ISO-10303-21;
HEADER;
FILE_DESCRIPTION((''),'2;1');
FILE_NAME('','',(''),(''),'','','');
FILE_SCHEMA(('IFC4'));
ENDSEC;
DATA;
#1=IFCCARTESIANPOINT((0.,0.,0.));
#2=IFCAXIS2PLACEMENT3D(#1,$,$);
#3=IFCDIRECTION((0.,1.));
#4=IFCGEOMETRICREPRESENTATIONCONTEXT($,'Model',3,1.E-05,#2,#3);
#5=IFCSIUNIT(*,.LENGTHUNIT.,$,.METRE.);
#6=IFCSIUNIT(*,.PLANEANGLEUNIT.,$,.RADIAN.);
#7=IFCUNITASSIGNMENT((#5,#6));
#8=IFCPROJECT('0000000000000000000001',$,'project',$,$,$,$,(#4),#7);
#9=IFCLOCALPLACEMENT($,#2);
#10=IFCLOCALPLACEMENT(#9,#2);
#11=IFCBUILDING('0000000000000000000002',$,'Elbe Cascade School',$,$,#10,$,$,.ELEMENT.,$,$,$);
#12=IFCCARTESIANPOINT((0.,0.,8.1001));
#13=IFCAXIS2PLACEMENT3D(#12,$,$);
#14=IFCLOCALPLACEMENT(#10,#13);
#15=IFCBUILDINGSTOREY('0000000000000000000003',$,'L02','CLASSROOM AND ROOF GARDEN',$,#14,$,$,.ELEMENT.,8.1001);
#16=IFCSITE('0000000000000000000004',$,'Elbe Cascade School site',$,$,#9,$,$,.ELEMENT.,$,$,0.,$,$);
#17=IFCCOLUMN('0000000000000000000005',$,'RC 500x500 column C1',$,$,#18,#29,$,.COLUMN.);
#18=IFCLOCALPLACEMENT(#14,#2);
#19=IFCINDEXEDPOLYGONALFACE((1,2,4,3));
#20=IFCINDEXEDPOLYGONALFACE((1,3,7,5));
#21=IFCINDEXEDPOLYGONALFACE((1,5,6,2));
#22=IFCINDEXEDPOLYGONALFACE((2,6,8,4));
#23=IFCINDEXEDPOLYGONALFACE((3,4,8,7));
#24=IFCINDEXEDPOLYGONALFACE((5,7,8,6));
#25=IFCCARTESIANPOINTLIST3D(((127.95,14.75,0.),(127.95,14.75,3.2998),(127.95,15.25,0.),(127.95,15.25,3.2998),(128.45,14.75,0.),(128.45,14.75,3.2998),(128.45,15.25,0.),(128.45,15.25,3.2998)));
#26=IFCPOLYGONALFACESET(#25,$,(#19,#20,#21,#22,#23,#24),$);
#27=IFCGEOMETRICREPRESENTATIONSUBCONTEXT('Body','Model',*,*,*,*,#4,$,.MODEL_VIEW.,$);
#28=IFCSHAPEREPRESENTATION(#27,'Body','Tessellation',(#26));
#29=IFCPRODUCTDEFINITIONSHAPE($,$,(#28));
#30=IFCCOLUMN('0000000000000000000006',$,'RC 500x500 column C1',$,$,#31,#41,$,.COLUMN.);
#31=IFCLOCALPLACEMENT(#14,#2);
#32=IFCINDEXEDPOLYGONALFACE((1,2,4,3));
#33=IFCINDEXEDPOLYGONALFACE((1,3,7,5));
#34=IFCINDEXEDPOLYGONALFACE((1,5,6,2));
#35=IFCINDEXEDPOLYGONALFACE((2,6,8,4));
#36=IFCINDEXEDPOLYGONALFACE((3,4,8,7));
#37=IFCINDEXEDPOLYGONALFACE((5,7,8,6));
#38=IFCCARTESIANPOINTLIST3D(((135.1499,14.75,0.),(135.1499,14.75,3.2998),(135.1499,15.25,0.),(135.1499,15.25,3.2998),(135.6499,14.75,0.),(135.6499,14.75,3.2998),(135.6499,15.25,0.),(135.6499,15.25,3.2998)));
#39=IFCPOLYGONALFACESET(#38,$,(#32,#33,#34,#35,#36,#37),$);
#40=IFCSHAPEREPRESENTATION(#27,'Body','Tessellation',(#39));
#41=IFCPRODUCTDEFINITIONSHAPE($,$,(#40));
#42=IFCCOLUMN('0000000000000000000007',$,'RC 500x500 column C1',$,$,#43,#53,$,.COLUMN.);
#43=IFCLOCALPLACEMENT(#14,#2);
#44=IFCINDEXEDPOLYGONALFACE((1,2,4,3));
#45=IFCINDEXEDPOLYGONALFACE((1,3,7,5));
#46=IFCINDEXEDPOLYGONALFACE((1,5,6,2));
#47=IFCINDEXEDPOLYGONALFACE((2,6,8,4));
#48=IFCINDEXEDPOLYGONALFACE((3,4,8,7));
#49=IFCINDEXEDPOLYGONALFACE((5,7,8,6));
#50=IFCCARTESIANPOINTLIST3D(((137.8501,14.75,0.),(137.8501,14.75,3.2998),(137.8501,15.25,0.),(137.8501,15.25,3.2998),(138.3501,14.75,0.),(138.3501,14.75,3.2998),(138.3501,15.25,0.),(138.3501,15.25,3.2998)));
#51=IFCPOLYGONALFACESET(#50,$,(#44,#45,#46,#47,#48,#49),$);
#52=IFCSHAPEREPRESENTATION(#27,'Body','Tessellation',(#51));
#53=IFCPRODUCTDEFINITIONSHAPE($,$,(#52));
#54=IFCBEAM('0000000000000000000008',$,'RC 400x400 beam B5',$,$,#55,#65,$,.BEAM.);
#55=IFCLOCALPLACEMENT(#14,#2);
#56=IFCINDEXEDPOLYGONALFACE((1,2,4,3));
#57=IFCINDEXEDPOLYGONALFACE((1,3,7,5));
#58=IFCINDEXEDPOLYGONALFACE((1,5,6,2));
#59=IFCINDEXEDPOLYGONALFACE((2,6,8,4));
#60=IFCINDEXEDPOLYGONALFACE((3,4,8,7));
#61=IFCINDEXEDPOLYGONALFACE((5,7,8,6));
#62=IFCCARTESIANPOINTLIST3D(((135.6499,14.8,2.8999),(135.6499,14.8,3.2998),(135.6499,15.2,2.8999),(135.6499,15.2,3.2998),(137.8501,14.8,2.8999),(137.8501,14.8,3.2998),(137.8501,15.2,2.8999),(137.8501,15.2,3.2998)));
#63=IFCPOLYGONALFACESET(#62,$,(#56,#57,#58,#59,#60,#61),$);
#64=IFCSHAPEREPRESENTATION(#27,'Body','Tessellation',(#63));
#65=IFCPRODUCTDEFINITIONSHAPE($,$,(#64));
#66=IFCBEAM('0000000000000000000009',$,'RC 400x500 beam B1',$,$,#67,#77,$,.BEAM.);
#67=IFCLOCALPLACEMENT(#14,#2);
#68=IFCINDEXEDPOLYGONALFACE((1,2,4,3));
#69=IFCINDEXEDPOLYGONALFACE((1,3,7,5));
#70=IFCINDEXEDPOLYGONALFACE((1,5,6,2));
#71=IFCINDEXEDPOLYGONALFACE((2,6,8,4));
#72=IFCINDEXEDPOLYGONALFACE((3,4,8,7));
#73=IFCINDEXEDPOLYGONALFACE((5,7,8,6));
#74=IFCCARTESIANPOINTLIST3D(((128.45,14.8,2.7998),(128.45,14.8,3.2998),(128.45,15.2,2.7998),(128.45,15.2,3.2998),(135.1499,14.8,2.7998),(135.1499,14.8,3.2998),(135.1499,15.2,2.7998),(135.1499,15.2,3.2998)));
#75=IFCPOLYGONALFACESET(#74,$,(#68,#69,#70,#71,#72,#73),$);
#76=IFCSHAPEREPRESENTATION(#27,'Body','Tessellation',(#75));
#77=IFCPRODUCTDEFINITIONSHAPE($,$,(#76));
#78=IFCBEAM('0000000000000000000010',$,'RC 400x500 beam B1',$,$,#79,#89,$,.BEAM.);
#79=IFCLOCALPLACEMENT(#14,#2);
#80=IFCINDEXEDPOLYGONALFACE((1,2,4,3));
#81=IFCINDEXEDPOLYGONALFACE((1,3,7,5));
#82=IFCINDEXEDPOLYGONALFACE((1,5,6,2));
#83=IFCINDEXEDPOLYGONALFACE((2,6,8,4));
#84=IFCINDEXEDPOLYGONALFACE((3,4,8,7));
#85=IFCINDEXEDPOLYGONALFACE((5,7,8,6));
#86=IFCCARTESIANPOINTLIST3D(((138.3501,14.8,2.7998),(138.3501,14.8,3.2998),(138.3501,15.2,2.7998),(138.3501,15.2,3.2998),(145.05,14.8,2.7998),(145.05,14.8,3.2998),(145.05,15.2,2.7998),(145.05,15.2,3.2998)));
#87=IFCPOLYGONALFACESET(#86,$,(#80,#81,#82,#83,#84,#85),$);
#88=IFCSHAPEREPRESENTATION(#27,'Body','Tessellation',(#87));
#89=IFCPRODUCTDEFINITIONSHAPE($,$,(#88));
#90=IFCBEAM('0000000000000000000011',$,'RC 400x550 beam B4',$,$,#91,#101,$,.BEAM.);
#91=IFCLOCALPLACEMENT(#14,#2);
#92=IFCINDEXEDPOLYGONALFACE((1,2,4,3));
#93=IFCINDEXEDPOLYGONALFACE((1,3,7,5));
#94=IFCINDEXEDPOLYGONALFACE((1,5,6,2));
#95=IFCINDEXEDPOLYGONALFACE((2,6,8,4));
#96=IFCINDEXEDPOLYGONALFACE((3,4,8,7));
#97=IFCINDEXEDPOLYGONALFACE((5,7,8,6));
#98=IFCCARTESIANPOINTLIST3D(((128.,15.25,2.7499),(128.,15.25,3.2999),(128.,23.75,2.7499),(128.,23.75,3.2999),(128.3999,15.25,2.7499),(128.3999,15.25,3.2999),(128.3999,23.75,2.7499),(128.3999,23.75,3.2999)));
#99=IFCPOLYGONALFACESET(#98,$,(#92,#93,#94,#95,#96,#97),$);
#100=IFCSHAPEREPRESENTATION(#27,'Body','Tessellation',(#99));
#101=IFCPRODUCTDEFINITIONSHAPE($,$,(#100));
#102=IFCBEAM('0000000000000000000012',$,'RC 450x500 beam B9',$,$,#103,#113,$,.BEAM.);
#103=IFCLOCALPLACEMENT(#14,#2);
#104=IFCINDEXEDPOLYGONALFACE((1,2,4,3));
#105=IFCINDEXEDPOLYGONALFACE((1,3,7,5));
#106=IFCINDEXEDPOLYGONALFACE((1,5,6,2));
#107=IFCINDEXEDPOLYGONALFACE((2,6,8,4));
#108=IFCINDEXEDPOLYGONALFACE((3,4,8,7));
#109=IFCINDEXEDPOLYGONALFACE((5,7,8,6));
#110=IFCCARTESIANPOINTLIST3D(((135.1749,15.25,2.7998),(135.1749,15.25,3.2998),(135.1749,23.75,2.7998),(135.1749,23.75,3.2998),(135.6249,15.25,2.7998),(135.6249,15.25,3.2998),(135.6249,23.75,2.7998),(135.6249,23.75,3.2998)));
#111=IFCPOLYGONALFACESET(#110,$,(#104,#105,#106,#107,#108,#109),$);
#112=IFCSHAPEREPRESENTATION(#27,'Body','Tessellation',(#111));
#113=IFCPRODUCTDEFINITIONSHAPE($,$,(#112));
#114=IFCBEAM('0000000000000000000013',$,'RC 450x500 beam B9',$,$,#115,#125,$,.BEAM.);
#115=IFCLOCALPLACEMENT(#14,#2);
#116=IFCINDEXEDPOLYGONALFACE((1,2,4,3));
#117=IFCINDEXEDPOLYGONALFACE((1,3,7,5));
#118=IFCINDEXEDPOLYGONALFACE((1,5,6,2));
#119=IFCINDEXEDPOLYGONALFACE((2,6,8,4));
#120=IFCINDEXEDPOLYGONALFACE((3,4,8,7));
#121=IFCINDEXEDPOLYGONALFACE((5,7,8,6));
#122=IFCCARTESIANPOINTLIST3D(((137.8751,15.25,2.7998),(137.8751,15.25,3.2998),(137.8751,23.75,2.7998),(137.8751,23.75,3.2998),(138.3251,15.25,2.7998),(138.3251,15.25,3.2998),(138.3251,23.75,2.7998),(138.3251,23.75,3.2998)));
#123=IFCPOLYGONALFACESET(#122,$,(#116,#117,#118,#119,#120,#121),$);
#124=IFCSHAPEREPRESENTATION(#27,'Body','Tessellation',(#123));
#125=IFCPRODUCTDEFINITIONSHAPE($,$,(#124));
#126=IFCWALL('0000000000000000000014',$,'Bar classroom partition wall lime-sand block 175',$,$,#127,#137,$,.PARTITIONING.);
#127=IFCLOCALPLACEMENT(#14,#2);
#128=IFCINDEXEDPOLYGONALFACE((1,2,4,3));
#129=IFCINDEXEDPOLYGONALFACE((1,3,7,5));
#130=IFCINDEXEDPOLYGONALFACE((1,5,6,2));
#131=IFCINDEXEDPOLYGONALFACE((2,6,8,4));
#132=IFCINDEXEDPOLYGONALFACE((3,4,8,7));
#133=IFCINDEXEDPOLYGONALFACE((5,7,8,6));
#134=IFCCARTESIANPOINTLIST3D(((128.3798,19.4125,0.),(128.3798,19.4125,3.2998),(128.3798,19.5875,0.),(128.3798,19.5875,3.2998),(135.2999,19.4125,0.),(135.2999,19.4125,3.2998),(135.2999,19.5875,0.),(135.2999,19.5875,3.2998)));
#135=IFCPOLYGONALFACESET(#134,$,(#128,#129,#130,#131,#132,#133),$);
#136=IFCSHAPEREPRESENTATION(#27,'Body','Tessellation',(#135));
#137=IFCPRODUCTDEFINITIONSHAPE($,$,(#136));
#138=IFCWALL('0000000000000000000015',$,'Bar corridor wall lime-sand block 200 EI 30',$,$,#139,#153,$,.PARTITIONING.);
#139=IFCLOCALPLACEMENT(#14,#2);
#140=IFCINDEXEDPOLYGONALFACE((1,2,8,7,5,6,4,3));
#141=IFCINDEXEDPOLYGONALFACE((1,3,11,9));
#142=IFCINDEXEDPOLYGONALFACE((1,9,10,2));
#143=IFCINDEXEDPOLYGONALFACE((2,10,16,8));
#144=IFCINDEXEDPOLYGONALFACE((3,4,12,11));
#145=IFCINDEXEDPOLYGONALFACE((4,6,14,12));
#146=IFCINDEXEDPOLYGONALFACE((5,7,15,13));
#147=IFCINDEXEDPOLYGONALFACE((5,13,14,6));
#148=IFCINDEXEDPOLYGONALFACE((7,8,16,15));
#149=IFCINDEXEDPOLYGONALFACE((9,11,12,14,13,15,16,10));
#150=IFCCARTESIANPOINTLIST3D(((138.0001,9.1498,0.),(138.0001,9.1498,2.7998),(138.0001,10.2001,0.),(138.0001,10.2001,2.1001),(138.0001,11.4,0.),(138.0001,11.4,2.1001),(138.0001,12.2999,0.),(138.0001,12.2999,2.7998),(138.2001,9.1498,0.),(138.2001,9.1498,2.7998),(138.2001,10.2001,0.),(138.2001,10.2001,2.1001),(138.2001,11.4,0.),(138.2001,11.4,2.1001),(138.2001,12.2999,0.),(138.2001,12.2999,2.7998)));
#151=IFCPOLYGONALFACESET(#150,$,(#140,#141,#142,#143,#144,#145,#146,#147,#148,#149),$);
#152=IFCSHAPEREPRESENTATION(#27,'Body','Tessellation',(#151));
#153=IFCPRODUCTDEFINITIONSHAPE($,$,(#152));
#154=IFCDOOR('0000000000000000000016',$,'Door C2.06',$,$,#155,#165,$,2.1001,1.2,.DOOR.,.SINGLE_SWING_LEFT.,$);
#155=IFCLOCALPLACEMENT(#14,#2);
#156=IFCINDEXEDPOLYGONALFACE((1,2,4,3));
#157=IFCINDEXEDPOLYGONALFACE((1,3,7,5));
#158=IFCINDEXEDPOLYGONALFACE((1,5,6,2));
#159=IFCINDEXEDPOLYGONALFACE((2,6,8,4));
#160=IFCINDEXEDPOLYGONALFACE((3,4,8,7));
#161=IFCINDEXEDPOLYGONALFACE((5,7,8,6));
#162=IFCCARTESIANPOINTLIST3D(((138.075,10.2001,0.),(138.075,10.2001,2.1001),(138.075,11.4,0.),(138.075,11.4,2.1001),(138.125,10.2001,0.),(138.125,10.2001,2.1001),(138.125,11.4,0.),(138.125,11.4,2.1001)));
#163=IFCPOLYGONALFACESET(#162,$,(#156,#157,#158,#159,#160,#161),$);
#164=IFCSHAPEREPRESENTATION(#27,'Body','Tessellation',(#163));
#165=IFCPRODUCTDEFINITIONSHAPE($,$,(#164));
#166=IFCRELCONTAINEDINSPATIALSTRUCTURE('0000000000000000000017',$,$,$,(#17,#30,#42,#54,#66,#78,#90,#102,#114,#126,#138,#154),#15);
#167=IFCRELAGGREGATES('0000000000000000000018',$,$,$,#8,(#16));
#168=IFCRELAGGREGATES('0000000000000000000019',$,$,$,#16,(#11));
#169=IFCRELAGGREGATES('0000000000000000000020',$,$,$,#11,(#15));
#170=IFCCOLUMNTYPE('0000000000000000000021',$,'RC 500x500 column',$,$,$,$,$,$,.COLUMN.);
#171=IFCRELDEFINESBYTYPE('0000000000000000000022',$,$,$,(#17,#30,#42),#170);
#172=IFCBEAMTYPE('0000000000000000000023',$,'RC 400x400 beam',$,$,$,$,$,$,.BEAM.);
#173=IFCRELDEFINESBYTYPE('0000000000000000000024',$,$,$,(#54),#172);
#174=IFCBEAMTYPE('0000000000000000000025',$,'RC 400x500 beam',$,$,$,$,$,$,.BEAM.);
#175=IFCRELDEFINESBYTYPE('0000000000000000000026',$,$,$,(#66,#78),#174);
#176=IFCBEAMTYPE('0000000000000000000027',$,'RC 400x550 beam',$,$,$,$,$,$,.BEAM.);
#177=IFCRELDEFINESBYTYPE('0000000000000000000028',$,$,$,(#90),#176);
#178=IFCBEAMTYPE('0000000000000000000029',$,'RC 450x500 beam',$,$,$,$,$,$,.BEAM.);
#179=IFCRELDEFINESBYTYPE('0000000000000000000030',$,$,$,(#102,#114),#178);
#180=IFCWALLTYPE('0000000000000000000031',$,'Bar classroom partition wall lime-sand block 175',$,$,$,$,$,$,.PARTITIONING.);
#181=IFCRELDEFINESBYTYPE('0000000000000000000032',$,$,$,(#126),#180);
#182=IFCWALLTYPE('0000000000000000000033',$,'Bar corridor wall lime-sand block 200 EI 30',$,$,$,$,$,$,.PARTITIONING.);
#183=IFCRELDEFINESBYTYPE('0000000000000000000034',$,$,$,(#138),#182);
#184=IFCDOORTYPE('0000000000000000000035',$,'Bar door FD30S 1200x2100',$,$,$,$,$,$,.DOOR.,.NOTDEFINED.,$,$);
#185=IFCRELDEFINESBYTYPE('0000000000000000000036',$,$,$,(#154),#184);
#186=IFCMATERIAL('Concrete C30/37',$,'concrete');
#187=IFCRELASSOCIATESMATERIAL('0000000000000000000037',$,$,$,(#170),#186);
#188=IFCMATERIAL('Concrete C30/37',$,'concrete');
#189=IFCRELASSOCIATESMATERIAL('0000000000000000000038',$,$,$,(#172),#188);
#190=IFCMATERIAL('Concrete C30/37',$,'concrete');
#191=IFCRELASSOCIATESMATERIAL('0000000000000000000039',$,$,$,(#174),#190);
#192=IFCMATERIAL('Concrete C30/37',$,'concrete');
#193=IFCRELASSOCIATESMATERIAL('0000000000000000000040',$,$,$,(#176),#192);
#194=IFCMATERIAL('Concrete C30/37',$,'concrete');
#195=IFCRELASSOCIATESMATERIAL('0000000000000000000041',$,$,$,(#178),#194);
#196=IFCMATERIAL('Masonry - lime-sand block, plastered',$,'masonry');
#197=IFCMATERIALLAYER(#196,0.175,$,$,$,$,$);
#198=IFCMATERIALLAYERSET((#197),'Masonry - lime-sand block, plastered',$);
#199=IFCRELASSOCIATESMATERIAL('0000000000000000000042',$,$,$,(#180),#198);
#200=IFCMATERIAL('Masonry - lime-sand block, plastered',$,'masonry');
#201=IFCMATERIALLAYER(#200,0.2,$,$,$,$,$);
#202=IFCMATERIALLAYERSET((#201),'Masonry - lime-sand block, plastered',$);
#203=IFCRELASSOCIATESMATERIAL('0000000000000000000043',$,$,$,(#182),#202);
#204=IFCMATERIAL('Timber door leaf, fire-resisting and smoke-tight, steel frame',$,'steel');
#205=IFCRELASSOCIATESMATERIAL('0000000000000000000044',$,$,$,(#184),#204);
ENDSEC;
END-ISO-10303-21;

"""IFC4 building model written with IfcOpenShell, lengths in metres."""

from ifc_helpers import new_model, si_unit, direction, frame, frame_2d, origin, origin_2d, place, context, subcontext, project, spatial, rectangle, extrude, material, layer, layer_set, material_profile, profile_set, type_object, element, fill, save


model = new_model("IFC4")

# Units and contexts
model_context = context("Model", 3, precision=1e-05, world=origin(), true_north=direction((0.0, 1.0)))
body_context = subcontext(model_context, "Body", "Model", "MODEL_VIEW")
ifc_project = project(units=[si_unit("LENGTHUNIT", "METRE"), si_unit("PLANEANGLEUNIT", "RADIAN")], contexts=[model_context])

# Site, building, storey
site_placement = place(None, origin())
site = spatial("IfcSite", under=ifc_project, at=site_placement, Name="Elbe Cascade School site", CompositionType="ELEMENT", RefElevation=0.0)
building_placement = place(site_placement, origin())
building = spatial("IfcBuilding", under=site, at=building_placement, Name="Elbe Cascade School", CompositionType="ELEMENT")
storey_placement = place(building_placement, frame((0.0, 0.0, 8.1001)))
storey = spatial("IfcBuildingStorey", under=building, at=storey_placement, Name="L02", Description="CLASSROOM AND ROOF GARDEN", CompositionType="ELEMENT", Elevation=8.1001)

# Columns
ifc_material_1 = material(Name="Concrete C30/37", Category="concrete")
ifc_material_profile_1 = material_profile(ifc_material_1, rectangle(XDim=0.5, YDim=0.5, at=origin_2d()), Name="RC 500x500")
ifc_profile_set_1 = profile_set([ifc_material_profile_1], Name="Concrete C30/37")
column_type = type_object("IfcColumnType", Name="RC 500x500 column", PredefinedType="COLUMN", material=ifc_profile_set_1)
for number, where, z_axis, x_axis, name in (
    (1, (128.2, 15.0, 0.0), (0.0, 0.0, 1.0), (1.0, 0.0, 0.0), "RC 500x500 column C1"),
    (2, (135.3999, 15.0, 0.0), (0.0, 0.0, 1.0), (1.0, 0.0, 0.0), "RC 500x500 column C1"),
    (3, (138.1001, 15.0, 0.0), (0.0, 0.0, 1.0), (1.0, 0.0, 0.0), "RC 500x500 column C1"),
):
    element("IfcColumn", number, at=place(storey_placement, frame(where, z_axis=z_axis, x_axis=x_axis)), inside=storey, type_object=column_type, Name=name, PredefinedType="COLUMN", context=body_context, shape_type="SweptSolid", body=[
        extrude(rectangle(XDim=0.5, YDim=0.5, at=origin_2d()), origin(), (0.0, 0.0, 1.0), 3.2998),
    ])

# Beams
ifc_material_2 = material(Name="Concrete C30/37", Category="concrete")
ifc_material_profile_2 = material_profile(ifc_material_2, rectangle(XDim=0.3999, YDim=0.3999, at=origin_2d()), Name="RC 400x400")
ifc_profile_set_2 = profile_set([ifc_material_profile_2], Name="Concrete C30/37")
beam_type_1 = type_object("IfcBeamType", Name="RC 400x400 beam", PredefinedType="BEAM", material=ifc_profile_set_2)
beam_1_placement = place(storey_placement, frame((135.6499, 15.0, 3.0999), z_axis=(1.0, 0.0, 0.0), x_axis=(0.0, 1.0, 0.0)))
element("IfcBeam", 4, at=beam_1_placement, inside=storey, type_object=beam_type_1, Name="RC 400x400 beam B5", PredefinedType="BEAM", context=body_context, shape_type="SweptSolid", body=[
    extrude(rectangle(XDim=0.3999, YDim=0.3999, at=origin_2d()), origin(), (0.0, 0.0, 1.0), 2.2002),
])
ifc_material_3 = material(Name="Concrete C30/37", Category="concrete")
ifc_material_profile_3 = material_profile(ifc_material_3, rectangle(XDim=0.3999, YDim=0.5, at=origin_2d()), Name="RC 400x500")
ifc_profile_set_3 = profile_set([ifc_material_profile_3], Name="Concrete C30/37")
beam_type_2 = type_object("IfcBeamType", Name="RC 400x500 beam", PredefinedType="BEAM", material=ifc_profile_set_3)
for number, where, z_axis, x_axis, name in (
    (5, (128.45, 15.0, 3.0498), (1.0, 0.0, 0.0), (0.0, 1.0, 0.0), "RC 400x500 beam B1"),
    (6, (138.3501, 15.0, 3.0498), (1.0, 0.0, 0.0), (0.0, 1.0, 0.0), "RC 400x500 beam B1"),
):
    element("IfcBeam", number, at=place(storey_placement, frame(where, z_axis=z_axis, x_axis=x_axis)), inside=storey, type_object=beam_type_2, Name=name, PredefinedType="BEAM", context=body_context, shape_type="SweptSolid", body=[
        extrude(rectangle(XDim=0.3999, YDim=0.5, at=origin_2d()), origin(), (0.0, 0.0, 1.0), 6.7),
    ])
ifc_material_4 = material(Name="Concrete C30/37", Category="concrete")
ifc_material_profile_4 = material_profile(ifc_material_4, rectangle(XDim=0.3999, YDim=0.55, at=origin_2d()), Name="RC 400x550")
ifc_profile_set_4 = profile_set([ifc_material_profile_4], Name="Concrete C30/37")
beam_type_3 = type_object("IfcBeamType", Name="RC 400x550 beam", PredefinedType="BEAM", material=ifc_profile_set_4)
beam_2_placement = place(storey_placement, frame((128.2, 15.25, 3.0249), z_axis=(0.0, 1.0, 0.0), x_axis=(-1.0, 0.0, 0.0)))
element("IfcBeam", 7, at=beam_2_placement, inside=storey, type_object=beam_type_3, Name="RC 400x550 beam B4", PredefinedType="BEAM", context=body_context, shape_type="SweptSolid", body=[
    extrude(rectangle(XDim=0.3999, YDim=0.55, at=origin_2d()), origin(), (0.0, 0.0, 1.0), 8.5),
])
ifc_material_5 = material(Name="Concrete C30/37", Category="concrete")
ifc_material_profile_5 = material_profile(ifc_material_5, rectangle(XDim=0.45, YDim=0.5, at=origin_2d()), Name="RC 450x500")
ifc_profile_set_5 = profile_set([ifc_material_profile_5], Name="Concrete C30/37")
beam_type_4 = type_object("IfcBeamType", Name="RC 450x500 beam", PredefinedType="BEAM", material=ifc_profile_set_5)
for number, where, z_axis, x_axis, name in (
    (8, (135.3999, 15.25, 3.0498), (0.0, 1.0, 0.0), (-1.0, 0.0, 0.0), "RC 450x500 beam B9"),
    (9, (138.1001, 15.25, 3.0498), (0.0, 1.0, 0.0), (-1.0, 0.0, 0.0), "RC 450x500 beam B9"),
):
    element("IfcBeam", number, at=place(storey_placement, frame(where, z_axis=z_axis, x_axis=x_axis)), inside=storey, type_object=beam_type_4, Name=name, PredefinedType="BEAM", context=body_context, shape_type="SweptSolid", body=[
        extrude(rectangle(XDim=0.45, YDim=0.5, at=origin_2d()), origin(), (0.0, 0.0, 1.0), 8.5),
    ])

# Wall
ifc_material_6 = material(Name="Masonry - lime-sand block, plastered", Category="masonry")
ifc_layer_1 = layer(ifc_material_6, 0.175)
ifc_layer_set_1 = layer_set([ifc_layer_1], Name="Masonry - lime-sand block, plastered")
wall_type_1 = type_object("IfcWallType", Name="Bar classroom partition wall lime-sand block 175", PredefinedType="PARTITIONING", material=ifc_layer_set_1)
wall_1_placement = place(storey_placement, frame((128.3799, 19.5, 0.0), z_axis=(0.0, 0.0, 1.0), x_axis=(1.0, 0.0, 0.0)))
element("IfcWall", 10, at=wall_1_placement, inside=storey, type_object=wall_type_1, Name="Bar classroom partition wall lime-sand block 175", PredefinedType="PARTITIONING", context=body_context, shape_type="SweptSolid", body=[
    extrude(rectangle(XDim=6.9202, YDim=0.175, at=frame_2d((3.46, 0.0))), origin(), (0.0, 0.0, 1.0), 3.2998),
])

# Wall, opening, door
ifc_material_7 = material(Name="Masonry - lime-sand block, plastered", Category="masonry")
ifc_layer_2 = layer(ifc_material_7, 0.2)
ifc_layer_set_2 = layer_set([ifc_layer_2], Name="Masonry - lime-sand block, plastered")
wall_type_2 = type_object("IfcWallType", Name="Bar corridor wall lime-sand block 200 EI 30", PredefinedType="PARTITIONING", material=ifc_layer_set_2)
wall_2_placement = place(storey_placement, frame((138.1001, 12.3, 0.0), z_axis=(0.0, 0.0, 1.0), x_axis=(0.0, -1.0, 0.0)))
wall_2 = element("IfcWall", 11, at=wall_2_placement, inside=storey, type_object=wall_type_2, Name="Bar corridor wall lime-sand block 200 EI 30", PredefinedType="PARTITIONING", context=body_context, shape_type="SweptSolid", body=[
    extrude(rectangle(XDim=3.1501, YDim=0.2, at=frame_2d((1.5752, 0.0))), origin(), (0.0, 0.0, 1.0), 2.7998),
])
opening_1_placement = place(wall_2_placement, frame((0.8999, 0.0, 0.0)))
opening_1 = element("IfcOpeningElement", 12, at=opening_1_placement, cuts=wall_2, PredefinedType="OPENING", context=body_context, shape_type="SweptSolid", body=[
    extrude(rectangle(XDim=1.2, YDim=2.1001, at=frame_2d((0.6001, 1.05))), frame((0.0, 0.1099, 0.0), z_axis=(0.0, -1.0, 0.0), x_axis=(1.0, 0.0, 0.0)), (0.0, 0.0, 1.0), 0.22),
])
ifc_material_8 = material(Name="Timber door leaf, fire-resisting and smoke-tight, steel frame", Category="steel")
door_type_1 = type_object("IfcDoorType", Name="Bar door FD30S 1200x2100", OperationType="NOTDEFINED", PredefinedType="DOOR", material=ifc_material_8)
door_1_placement = place(opening_1_placement, origin())
door_1 = element("IfcDoor", 13, at=door_1_placement, inside=storey, type_object=door_type_1, Name="Door C2.06", OperationType="SINGLE_SWING_LEFT", OverallHeight=2.1001, OverallWidth=1.2, PredefinedType="DOOR", context=body_context, shape_type="SweptSolid", body=[
    extrude(rectangle(XDim=1.2, YDim=2.1001, at=frame_2d((0.6001, 1.05))), frame((0.0, 0.0249, 0.0), z_axis=(0.0, -1.0, 0.0), x_axis=(1.0, 0.0, 0.0)), (0.0, 0.0, 1.0), 0.05),
])
fill(opening_1, door_1)

save(model, "model.ifc")
